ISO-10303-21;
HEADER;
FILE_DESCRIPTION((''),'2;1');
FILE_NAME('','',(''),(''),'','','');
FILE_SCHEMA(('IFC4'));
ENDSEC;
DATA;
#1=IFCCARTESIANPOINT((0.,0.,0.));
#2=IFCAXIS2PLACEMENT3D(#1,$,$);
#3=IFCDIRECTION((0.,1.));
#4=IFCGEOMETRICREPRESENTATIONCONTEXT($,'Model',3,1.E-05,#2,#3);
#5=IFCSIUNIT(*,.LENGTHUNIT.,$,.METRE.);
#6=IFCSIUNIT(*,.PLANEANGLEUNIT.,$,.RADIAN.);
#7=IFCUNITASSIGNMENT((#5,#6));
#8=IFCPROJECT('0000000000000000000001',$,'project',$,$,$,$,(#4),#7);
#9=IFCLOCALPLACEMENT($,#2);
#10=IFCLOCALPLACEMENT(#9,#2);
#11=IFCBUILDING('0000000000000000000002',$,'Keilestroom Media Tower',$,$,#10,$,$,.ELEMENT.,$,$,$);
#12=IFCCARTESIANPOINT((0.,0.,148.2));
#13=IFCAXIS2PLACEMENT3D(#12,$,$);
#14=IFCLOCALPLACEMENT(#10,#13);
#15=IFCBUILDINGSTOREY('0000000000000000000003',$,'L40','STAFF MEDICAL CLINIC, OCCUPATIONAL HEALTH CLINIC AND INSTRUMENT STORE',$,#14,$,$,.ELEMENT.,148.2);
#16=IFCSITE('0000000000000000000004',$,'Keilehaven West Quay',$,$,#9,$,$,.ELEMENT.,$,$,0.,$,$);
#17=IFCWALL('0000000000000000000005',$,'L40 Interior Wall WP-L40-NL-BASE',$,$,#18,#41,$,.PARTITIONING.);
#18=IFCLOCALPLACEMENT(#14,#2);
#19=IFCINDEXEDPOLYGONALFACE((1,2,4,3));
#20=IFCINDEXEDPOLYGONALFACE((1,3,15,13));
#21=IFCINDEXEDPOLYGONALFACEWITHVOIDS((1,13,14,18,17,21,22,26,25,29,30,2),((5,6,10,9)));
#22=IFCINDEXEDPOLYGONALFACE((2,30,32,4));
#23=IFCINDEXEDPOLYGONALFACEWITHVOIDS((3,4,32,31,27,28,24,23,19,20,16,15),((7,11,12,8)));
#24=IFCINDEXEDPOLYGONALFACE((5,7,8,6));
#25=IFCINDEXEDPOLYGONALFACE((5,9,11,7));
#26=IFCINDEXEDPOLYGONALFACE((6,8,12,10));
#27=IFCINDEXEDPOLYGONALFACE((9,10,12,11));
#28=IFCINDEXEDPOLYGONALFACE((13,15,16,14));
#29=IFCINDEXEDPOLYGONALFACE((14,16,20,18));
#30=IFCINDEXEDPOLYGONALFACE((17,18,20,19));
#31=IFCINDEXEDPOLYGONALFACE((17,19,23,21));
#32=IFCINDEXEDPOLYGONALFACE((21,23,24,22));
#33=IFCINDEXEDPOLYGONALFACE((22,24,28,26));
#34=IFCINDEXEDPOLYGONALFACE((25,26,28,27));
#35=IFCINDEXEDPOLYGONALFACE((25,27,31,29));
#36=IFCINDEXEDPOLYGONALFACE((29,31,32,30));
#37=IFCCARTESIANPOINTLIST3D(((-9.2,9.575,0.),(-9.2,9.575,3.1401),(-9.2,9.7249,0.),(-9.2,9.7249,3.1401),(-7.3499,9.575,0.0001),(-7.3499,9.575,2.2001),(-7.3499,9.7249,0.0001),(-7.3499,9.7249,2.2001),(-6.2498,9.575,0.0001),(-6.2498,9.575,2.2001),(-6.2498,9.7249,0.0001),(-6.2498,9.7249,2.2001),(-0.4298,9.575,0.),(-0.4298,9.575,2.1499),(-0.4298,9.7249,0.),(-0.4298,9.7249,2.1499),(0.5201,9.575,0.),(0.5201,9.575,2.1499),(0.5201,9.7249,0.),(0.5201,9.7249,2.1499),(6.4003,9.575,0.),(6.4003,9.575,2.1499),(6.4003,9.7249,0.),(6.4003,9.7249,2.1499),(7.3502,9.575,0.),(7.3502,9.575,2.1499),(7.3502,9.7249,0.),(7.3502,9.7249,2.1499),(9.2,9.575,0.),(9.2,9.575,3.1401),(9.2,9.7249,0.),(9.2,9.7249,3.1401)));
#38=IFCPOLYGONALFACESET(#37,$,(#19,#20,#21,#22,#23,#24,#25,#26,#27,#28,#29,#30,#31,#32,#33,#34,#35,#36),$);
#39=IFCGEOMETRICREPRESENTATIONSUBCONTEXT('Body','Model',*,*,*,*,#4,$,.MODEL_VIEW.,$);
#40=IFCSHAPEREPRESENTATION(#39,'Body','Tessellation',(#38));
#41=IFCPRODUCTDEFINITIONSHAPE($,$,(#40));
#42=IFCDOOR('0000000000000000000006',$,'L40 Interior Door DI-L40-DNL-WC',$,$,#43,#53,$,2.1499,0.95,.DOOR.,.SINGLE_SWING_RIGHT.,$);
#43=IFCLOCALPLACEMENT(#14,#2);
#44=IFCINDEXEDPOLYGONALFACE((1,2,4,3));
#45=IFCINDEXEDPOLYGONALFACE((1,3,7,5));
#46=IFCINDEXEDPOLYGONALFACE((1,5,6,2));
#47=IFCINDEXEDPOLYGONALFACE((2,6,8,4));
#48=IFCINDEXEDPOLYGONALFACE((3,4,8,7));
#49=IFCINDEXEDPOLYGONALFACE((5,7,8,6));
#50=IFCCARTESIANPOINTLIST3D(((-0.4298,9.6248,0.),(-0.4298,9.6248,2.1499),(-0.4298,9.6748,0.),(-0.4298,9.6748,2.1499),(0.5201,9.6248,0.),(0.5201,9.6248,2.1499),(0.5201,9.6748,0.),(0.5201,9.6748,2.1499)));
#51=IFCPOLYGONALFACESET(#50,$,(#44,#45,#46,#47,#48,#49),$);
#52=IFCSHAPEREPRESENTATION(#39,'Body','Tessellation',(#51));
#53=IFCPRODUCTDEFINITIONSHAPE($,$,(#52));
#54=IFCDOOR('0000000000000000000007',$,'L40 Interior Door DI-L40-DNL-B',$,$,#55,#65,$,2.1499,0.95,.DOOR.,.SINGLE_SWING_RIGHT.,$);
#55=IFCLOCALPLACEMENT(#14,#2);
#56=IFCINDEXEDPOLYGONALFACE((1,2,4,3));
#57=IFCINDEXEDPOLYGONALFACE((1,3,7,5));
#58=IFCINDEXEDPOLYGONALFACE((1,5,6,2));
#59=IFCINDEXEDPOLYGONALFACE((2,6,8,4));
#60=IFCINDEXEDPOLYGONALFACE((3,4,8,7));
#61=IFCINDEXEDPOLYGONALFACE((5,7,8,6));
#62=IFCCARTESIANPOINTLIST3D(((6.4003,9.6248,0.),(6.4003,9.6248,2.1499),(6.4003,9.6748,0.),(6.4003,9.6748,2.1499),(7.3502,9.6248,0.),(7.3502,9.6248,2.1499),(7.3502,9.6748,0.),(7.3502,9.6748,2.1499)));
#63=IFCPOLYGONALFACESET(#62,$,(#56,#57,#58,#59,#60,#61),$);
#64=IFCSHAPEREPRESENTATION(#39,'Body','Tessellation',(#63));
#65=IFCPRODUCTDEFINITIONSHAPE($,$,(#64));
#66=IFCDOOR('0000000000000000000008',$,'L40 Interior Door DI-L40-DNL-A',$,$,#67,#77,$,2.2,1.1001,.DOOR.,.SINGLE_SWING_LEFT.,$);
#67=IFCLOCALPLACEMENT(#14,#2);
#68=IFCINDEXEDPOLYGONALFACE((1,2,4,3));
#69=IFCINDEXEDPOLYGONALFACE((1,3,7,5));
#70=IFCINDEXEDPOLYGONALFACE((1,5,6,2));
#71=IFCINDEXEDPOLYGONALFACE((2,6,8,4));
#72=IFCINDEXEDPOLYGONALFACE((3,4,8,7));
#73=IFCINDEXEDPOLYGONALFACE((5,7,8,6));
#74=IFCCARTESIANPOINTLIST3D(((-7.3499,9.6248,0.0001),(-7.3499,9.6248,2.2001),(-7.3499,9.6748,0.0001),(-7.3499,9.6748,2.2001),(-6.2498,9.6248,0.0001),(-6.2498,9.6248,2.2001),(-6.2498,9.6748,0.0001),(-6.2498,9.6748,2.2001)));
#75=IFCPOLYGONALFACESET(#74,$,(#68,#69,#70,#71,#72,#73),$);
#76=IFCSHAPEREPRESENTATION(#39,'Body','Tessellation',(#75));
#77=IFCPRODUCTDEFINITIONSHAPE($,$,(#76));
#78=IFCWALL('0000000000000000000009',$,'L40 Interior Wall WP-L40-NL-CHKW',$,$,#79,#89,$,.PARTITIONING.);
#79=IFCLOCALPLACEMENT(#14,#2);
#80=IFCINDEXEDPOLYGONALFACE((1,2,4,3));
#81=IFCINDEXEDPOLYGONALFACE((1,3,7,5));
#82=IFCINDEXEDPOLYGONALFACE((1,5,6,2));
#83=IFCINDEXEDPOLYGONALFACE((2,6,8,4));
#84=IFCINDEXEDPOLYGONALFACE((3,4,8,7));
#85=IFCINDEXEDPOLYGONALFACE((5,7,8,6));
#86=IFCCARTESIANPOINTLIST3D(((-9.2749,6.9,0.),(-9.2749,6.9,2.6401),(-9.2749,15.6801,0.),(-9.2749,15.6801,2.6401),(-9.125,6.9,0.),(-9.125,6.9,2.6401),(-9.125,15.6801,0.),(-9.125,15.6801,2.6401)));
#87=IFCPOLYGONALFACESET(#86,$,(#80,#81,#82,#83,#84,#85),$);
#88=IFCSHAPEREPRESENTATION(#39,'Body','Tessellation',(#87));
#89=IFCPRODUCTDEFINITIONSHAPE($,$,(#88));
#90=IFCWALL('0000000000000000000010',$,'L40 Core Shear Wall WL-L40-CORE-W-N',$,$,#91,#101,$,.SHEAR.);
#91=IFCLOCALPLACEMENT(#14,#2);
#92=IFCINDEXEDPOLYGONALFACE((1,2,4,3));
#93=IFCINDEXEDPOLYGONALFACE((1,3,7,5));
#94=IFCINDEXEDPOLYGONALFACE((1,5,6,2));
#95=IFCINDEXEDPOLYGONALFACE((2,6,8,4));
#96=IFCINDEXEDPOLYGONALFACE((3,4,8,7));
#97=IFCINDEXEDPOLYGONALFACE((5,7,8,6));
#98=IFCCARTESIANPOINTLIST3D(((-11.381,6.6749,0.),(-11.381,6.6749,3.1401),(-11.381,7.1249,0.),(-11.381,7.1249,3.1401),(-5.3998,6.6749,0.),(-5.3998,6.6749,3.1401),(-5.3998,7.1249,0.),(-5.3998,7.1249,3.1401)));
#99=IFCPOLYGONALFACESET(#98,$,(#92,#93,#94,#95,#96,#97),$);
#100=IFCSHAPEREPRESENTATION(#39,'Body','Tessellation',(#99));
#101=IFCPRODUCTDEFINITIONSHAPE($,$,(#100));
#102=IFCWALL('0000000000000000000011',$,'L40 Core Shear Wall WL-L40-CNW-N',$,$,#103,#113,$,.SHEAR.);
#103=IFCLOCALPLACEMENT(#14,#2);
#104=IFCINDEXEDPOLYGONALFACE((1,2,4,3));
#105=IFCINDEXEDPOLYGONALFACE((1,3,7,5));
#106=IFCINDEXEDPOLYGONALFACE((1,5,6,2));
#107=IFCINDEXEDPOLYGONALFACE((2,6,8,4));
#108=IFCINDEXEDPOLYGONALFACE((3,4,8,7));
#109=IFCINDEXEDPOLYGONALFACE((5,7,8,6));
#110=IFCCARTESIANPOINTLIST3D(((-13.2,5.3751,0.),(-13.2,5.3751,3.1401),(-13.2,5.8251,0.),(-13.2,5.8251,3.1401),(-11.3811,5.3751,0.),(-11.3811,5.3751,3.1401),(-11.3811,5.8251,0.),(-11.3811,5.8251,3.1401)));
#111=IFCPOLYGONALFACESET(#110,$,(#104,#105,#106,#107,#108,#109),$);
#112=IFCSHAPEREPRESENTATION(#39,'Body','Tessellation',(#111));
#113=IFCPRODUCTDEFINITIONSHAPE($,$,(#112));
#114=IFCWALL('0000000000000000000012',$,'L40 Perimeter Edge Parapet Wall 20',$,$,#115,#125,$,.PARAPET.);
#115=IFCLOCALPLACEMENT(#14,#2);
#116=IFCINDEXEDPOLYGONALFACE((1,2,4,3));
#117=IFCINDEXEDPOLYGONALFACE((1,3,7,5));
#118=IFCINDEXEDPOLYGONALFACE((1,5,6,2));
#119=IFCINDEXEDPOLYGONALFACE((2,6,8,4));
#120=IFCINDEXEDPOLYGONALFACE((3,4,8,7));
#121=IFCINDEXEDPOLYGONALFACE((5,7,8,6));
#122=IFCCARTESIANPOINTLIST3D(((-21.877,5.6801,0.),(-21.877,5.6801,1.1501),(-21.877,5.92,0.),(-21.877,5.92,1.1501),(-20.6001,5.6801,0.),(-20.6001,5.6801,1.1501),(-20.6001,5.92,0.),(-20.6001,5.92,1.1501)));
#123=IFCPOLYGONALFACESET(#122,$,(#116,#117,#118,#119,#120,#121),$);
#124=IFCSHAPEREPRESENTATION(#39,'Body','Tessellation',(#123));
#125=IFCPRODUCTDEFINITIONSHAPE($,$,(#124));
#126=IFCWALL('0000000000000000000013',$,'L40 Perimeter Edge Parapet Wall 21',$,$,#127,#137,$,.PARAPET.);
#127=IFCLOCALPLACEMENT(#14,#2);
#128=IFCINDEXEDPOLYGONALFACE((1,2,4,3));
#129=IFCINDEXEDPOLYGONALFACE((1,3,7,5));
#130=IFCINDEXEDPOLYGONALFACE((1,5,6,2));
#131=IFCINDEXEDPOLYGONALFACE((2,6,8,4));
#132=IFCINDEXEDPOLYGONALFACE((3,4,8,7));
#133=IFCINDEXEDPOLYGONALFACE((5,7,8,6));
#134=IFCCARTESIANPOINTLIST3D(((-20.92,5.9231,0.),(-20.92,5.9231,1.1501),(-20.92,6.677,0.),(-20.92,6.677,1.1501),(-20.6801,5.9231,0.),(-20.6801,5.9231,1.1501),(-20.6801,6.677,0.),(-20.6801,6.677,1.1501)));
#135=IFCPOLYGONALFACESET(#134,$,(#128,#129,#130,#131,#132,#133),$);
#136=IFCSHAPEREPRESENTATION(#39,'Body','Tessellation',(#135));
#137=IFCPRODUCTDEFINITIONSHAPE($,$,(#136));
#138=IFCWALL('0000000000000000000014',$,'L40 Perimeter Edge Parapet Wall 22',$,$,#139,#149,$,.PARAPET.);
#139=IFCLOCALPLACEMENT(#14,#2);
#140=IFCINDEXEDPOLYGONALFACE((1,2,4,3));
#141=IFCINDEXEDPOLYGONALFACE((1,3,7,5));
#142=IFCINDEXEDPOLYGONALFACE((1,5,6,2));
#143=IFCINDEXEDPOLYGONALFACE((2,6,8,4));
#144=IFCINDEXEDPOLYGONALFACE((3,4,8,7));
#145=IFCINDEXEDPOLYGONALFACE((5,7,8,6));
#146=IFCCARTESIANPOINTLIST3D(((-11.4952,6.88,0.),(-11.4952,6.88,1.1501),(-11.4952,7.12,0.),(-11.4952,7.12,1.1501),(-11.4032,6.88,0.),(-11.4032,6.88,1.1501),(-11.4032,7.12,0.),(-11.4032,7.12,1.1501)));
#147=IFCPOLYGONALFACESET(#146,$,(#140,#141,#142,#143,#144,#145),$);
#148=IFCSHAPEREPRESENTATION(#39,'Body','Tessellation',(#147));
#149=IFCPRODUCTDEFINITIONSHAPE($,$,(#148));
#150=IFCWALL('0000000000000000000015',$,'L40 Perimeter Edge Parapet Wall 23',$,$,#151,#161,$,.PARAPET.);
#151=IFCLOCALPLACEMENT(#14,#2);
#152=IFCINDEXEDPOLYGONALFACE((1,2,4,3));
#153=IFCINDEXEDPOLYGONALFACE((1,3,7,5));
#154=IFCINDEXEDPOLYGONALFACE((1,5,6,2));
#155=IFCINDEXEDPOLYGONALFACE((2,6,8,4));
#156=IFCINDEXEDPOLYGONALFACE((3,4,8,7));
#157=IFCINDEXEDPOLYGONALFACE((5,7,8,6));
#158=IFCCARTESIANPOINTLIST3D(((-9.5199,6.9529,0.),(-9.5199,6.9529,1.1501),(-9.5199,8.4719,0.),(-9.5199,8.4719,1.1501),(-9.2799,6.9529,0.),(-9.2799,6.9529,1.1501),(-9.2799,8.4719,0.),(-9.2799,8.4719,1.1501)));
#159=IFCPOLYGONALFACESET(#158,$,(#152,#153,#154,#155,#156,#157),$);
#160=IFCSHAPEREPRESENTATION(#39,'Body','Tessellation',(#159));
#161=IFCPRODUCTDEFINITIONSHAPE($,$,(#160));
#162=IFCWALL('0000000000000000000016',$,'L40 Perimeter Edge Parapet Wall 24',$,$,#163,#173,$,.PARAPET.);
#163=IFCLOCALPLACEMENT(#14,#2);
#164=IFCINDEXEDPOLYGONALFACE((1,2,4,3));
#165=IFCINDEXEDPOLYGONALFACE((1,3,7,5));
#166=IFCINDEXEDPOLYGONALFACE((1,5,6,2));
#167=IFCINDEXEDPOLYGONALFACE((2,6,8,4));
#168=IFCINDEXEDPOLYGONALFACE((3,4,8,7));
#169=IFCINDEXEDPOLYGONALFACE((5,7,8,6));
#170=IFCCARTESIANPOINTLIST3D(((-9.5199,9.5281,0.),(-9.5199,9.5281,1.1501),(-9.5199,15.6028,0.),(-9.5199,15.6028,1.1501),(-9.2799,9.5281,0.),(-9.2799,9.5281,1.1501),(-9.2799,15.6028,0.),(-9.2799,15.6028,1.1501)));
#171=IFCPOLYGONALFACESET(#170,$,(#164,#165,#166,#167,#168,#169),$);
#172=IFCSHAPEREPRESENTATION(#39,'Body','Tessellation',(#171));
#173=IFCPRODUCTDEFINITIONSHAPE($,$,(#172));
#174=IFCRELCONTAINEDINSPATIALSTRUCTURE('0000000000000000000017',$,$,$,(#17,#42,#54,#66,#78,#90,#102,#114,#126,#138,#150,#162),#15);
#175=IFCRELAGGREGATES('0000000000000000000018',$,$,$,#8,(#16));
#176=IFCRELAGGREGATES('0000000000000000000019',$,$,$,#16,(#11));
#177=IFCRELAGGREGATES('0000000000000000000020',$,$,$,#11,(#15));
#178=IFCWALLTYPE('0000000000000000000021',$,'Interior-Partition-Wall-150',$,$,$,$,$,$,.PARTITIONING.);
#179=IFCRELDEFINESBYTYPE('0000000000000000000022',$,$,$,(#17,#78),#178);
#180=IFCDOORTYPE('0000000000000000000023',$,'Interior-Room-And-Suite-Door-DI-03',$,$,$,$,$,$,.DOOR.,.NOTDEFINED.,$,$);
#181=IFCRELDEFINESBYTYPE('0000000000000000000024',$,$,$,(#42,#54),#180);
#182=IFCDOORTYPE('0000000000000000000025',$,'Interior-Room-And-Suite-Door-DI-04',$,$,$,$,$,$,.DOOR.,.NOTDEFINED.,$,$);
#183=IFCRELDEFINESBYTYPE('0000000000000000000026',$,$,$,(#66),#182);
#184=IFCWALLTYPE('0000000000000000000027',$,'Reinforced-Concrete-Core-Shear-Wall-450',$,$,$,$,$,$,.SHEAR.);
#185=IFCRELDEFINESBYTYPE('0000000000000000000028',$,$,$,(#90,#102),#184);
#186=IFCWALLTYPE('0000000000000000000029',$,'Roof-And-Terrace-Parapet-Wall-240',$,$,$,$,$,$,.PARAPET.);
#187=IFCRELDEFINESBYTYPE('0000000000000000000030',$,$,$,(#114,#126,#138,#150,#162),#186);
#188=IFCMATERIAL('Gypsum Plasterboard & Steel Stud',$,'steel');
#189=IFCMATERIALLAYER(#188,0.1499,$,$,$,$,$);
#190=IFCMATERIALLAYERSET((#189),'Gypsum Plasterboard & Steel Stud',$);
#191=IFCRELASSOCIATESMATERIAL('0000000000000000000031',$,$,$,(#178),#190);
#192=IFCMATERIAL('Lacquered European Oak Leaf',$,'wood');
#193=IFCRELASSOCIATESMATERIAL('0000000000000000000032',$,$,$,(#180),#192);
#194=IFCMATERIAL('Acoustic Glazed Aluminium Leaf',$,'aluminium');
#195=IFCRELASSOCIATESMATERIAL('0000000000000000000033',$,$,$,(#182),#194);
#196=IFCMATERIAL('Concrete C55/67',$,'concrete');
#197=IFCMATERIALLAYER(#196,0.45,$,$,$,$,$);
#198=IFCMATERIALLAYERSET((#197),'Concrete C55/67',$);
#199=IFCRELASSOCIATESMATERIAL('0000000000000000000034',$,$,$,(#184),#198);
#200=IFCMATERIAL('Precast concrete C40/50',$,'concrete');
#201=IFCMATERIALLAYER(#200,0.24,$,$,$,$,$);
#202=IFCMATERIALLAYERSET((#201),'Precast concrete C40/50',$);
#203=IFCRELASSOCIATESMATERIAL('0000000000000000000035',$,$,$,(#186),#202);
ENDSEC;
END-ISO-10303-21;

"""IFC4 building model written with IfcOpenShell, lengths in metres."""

from ifc_helpers import new_model, si_unit, direction, frame, frame_2d, origin, place, context, subcontext, project, spatial, rectangle, extrude, source, transform, mapped, material, layer, layer_set, type_object, element, fill, save


model = new_model("IFC4")

# Units and contexts
model_context = context("Model", 3, precision=1e-05, world=origin(), true_north=direction((0.0, 1.0)))
body_context = subcontext(model_context, "Body", "Model", "MODEL_VIEW")
ifc_project = project(units=[si_unit("LENGTHUNIT", "METRE"), si_unit("PLANEANGLEUNIT", "RADIAN")], contexts=[model_context])

# Site, building, storey
site_placement = place(None, origin())
site = spatial("IfcSite", under=ifc_project, at=site_placement, Name="Keilehaven West Quay", CompositionType="ELEMENT", RefElevation=0.0)
building_placement = place(site_placement, origin())
building = spatial("IfcBuilding", under=site, at=building_placement, Name="Keilestroom Media Tower", CompositionType="ELEMENT")
storey_placement = place(building_placement, frame((0.0, 0.0, 148.2)))
storey = spatial("IfcBuildingStorey", under=building, at=storey_placement, Name="L40", Description="STAFF MEDICAL CLINIC, OCCUPATIONAL HEALTH CLINIC AND INSTRUMENT STORE", CompositionType="ELEMENT", Elevation=148.2)

# Shared definitions
ifc_material_1 = material(Name="Precast concrete C40/50", Category="concrete")
ifc_material_2 = material(Name="Concrete C55/67", Category="concrete")

# Wall, openings, doors
ifc_material_3 = material(Name="Gypsum Plasterboard & Steel Stud", Category="steel")
ifc_layer_1 = layer(ifc_material_3, 0.1499)
ifc_layer_set_1 = layer_set([ifc_layer_1], Name="Gypsum Plasterboard & Steel Stud")
wall_type_1 = type_object("IfcWallType", Name="Interior-Partition-Wall-150", PredefinedType="PARTITIONING", material=ifc_layer_set_1)
wall_1_placement = place(storey_placement, frame((-9.2, 9.6499, 0.0), z_axis=(0.0, 0.0, 1.0), x_axis=(1.0, 0.0, 0.0)))
wall_1 = element("IfcWall", 1, at=wall_1_placement, inside=storey, type_object=wall_type_1, Name="L40 Interior Wall WP-L40-NL-BASE", PredefinedType="PARTITIONING", context=body_context, shape_type="SweptSolid", body=[
    extrude(rectangle(XDim=18.3999, YDim=0.1499, at=frame_2d((9.2, 0.0))), origin(), (0.0, 0.0, 1.0), 3.1401),
])
opening_1_placement = place(wall_1_placement, frame((8.77, 0.0, 0.0)))
opening_1 = element("IfcOpeningElement", 2, at=opening_1_placement, cuts=wall_1, PredefinedType="OPENING", context=body_context, shape_type="SweptSolid", body=[
    extrude(rectangle(XDim=0.95, YDim=2.1499, at=frame_2d((0.4751, 1.075))), frame((0.0, 0.085, 0.0), z_axis=(0.0, -1.0, 0.0), x_axis=(1.0, 0.0, 0.0)), (0.0, 0.0, 1.0), 0.1699),
])
opening_2_placement = place(wall_1_placement, frame((1.8501, 0.0, 0.0)))
opening_2 = element("IfcOpeningElement", 3, at=opening_2_placement, cuts=wall_1, PredefinedType="OPENING", context=body_context, shape_type="SweptSolid", body=[
    extrude(rectangle(XDim=1.1001, YDim=2.2, at=frame_2d((0.55, 1.1001))), frame((0.0, 0.085, 0.0), z_axis=(0.0, -1.0, 0.0), x_axis=(1.0, 0.0, 0.0)), (0.0, 0.0, 1.0), 0.1699),
])
opening_3_placement = place(wall_1_placement, frame((15.6001, 0.0, 0.0)))
opening_3 = element("IfcOpeningElement", 4, at=opening_3_placement, cuts=wall_1, PredefinedType="OPENING", context=body_context, shape_type="SweptSolid", body=[
    extrude(rectangle(XDim=0.95, YDim=2.1499, at=frame_2d((0.4751, 1.075))), frame((0.0, 0.085, 0.0), z_axis=(0.0, -1.0, 0.0), x_axis=(1.0, 0.0, 0.0)), (0.0, 0.0, 1.0), 0.1699),
])
ifc_material_4 = material(Name="Lacquered European Oak Leaf", Category="wood")
door_type_1 = type_object("IfcDoorType", Name="Interior-Room-And-Suite-Door-DI-03", OperationType="NOTDEFINED", PredefinedType="DOOR", material=ifc_material_4)
shared_shape_1 = source(origin(), body_context, "Body", "SweptSolid", [
    extrude(rectangle(XDim=0.95, YDim=2.1499, at=frame_2d((0.4751, 1.075))), frame((0.0, 0.0249, 0.0), z_axis=(0.0, -1.0, 0.0), x_axis=(1.0, 0.0, 0.0)), (0.0, 0.0, 1.0), 0.05),
])
door_1_placement = place(opening_1_placement, origin())
door_1 = element("IfcDoor", 5, at=door_1_placement, inside=storey, type_object=door_type_1, Name="L40 Interior Door DI-L40-DNL-WC", OperationType="SINGLE_SWING_RIGHT", OverallHeight=2.1499, OverallWidth=0.95, PredefinedType="DOOR", context=body_context, shape_type="MappedRepresentation", body=[
    mapped(shared_shape_1, transform((0.0, 0.0, 0.0), x_axis=(1.0, 0.0, 0.0), y_axis=(0.0, 1.0, 0.0), z_axis=(0.0, 0.0, 1.0), scale=1.0)),
])
fill(opening_1, door_1)
door_2_placement = place(opening_3_placement, origin())
door_2 = element("IfcDoor", 6, at=door_2_placement, inside=storey, type_object=door_type_1, Name="L40 Interior Door DI-L40-DNL-B", OperationType="SINGLE_SWING_RIGHT", OverallHeight=2.1499, OverallWidth=0.95, PredefinedType="DOOR", context=body_context, shape_type="MappedRepresentation", body=[
    mapped(shared_shape_1, transform((0.0, 0.0, 0.0), x_axis=(1.0, 0.0, 0.0), y_axis=(0.0, 1.0, 0.0), z_axis=(0.0, 0.0, 1.0), scale=1.0)),
])
fill(opening_3, door_2)
ifc_material_5 = material(Name="Acoustic Glazed Aluminium Leaf", Category="aluminium")
door_type_2 = type_object("IfcDoorType", Name="Interior-Room-And-Suite-Door-DI-04", OperationType="NOTDEFINED", PredefinedType="DOOR", material=ifc_material_5)
shared_shape_2 = source(origin(), body_context, "Body", "SweptSolid", [
    extrude(rectangle(XDim=1.1001, YDim=2.2, at=frame_2d((0.55, 1.1001))), frame((0.0, 0.0249, 0.0), z_axis=(0.0, -1.0, 0.0), x_axis=(1.0, 0.0, 0.0)), (0.0, 0.0, 1.0), 0.05),
])
door_3_placement = place(opening_2_placement, origin())
door_3 = element("IfcDoor", 7, at=door_3_placement, inside=storey, type_object=door_type_2, Name="L40 Interior Door DI-L40-DNL-A", OperationType="SINGLE_SWING_LEFT", OverallHeight=2.2, OverallWidth=1.1001, PredefinedType="DOOR", context=body_context, shape_type="MappedRepresentation", body=[
    mapped(shared_shape_2, transform((0.0, 0.0, 0.0), x_axis=(1.0, 0.0, 0.0), y_axis=(0.0, 1.0, 0.0), z_axis=(0.0, 0.0, 1.0), scale=1.0)),
])
fill(opening_2, door_3)

# Walls
wall_2_placement = place(storey_placement, frame((-9.2, 6.8999, 0.0), z_axis=(0.0, 0.0, 1.0), x_axis=(0.0, 1.0, 0.0)))
element("IfcWall", 8, at=wall_2_placement, inside=storey, type_object=wall_type_1, Name="L40 Interior Wall WP-L40-NL-CHKW", PredefinedType="PARTITIONING", context=body_context, shape_type="SweptSolid", body=[
    extrude(rectangle(XDim=8.78, YDim=0.1499, at=frame_2d((4.3901, 0.0))), origin(), (0.0, 0.0, 1.0), 2.6401),
])
ifc_layer_2 = layer(ifc_material_2, 0.45)
ifc_layer_set_2 = layer_set([ifc_layer_2], Name="Concrete C55/67")
wall_type_2 = type_object("IfcWallType", Name="Reinforced-Concrete-Core-Shear-Wall-450", PredefinedType="SHEAR", material=ifc_layer_set_2)
wall_3_placement = place(storey_placement, frame((-11.3811, 6.8999, 0.0), z_axis=(0.0, 0.0, 1.0), x_axis=(1.0, 0.0, 0.0)))
element("IfcWall", 9, at=wall_3_placement, inside=storey, type_object=wall_type_2, Name="L40 Core Shear Wall WL-L40-CORE-W-N", PredefinedType="SHEAR", context=body_context, shape_type="SweptSolid", body=[
    extrude(rectangle(XDim=5.9812, YDim=0.45, at=frame_2d((2.9907, 0.0))), origin(), (0.0, 0.0, 1.0), 3.1401),
])
wall_4_placement = place(storey_placement, frame((-13.2, 5.6001, 0.0), z_axis=(0.0, 0.0, 1.0), x_axis=(1.0, 0.0, 0.0)))
element("IfcWall", 10, at=wall_4_placement, inside=storey, type_object=wall_type_2, Name="L40 Core Shear Wall WL-L40-CNW-N", PredefinedType="SHEAR", context=body_context, shape_type="SweptSolid", body=[
    extrude(rectangle(XDim=1.8188, YDim=0.45, at=frame_2d((0.9094, 0.0))), origin(), (0.0, 0.0, 1.0), 3.1401),
])
ifc_layer_3 = layer(ifc_material_1, 0.24)
ifc_layer_set_3 = layer_set([ifc_layer_3], Name="Precast concrete C40/50")
wall_type_3 = type_object("IfcWallType", Name="Roof-And-Terrace-Parapet-Wall-240", PredefinedType="PARAPET", material=ifc_layer_set_3)
wall_5_placement = place(storey_placement, frame((-21.877, 5.8, 0.0), z_axis=(0.0, 0.0, 1.0), x_axis=(1.0, 0.0, 0.0)))
element("IfcWall", 11, at=wall_5_placement, inside=storey, type_object=wall_type_3, Name="L40 Perimeter Edge Parapet Wall 20", PredefinedType="PARAPET", context=body_context, shape_type="SweptSolid", body=[
    extrude(rectangle(XDim=1.2769, YDim=0.24, at=frame_2d((0.6384, 0.0))), origin(), (0.0, 0.0, 1.0), 1.1501),
])
wall_6_placement = place(storey_placement, frame((-20.8, 5.9231, 0.0), z_axis=(0.0, 0.0, 1.0), x_axis=(0.0, 1.0, 0.0)))
element("IfcWall", 12, at=wall_6_placement, inside=storey, type_object=wall_type_3, Name="L40 Perimeter Edge Parapet Wall 21", PredefinedType="PARAPET", context=body_context, shape_type="SweptSolid", body=[
    extrude(rectangle(XDim=0.7539, YDim=0.24, at=frame_2d((0.377, 0.0))), origin(), (0.0, 0.0, 1.0), 1.1501),
])
wall_7_placement = place(storey_placement, frame((-11.4951, 7.0, 0.0), z_axis=(0.0, 0.0, 1.0), x_axis=(1.0, 0.0, 0.0)))
element("IfcWall", 13, at=wall_7_placement, inside=storey, type_object=wall_type_3, Name="L40 Perimeter Edge Parapet Wall 22", PredefinedType="PARAPET", context=body_context, shape_type="SweptSolid", body=[
    extrude(rectangle(XDim=0.092, YDim=0.24, at=frame_2d((0.0459, 0.0))), origin(), (0.0, 0.0, 1.0), 1.1501),
])
wall_8_placement = place(storey_placement, frame((-9.3999, 6.9529, 0.0), z_axis=(0.0, 0.0, 1.0), x_axis=(0.0, 1.0, 0.0)))
element("IfcWall", 14, at=wall_8_placement, inside=storey, type_object=wall_type_3, Name="L40 Perimeter Edge Parapet Wall 23", PredefinedType="PARAPET", context=body_context, shape_type="SweptSolid", body=[
    extrude(rectangle(XDim=1.519, YDim=0.24, at=frame_2d((0.7595, 0.0))), origin(), (0.0, 0.0, 1.0), 1.1501),
])
wall_9_placement = place(storey_placement, frame((-9.3999, 9.5281, 0.0), z_axis=(0.0, 0.0, 1.0), x_axis=(0.0, 1.0, 0.0)))
element("IfcWall", 15, at=wall_9_placement, inside=storey, type_object=wall_type_3, Name="L40 Perimeter Edge Parapet Wall 24", PredefinedType="PARAPET", context=body_context, shape_type="SweptSolid", body=[
    extrude(rectangle(XDim=6.0747, YDim=0.24, at=frame_2d((3.0374, 0.0))), origin(), (0.0, 0.0, 1.0), 1.1501),
])

save(model, "model.ifc")
